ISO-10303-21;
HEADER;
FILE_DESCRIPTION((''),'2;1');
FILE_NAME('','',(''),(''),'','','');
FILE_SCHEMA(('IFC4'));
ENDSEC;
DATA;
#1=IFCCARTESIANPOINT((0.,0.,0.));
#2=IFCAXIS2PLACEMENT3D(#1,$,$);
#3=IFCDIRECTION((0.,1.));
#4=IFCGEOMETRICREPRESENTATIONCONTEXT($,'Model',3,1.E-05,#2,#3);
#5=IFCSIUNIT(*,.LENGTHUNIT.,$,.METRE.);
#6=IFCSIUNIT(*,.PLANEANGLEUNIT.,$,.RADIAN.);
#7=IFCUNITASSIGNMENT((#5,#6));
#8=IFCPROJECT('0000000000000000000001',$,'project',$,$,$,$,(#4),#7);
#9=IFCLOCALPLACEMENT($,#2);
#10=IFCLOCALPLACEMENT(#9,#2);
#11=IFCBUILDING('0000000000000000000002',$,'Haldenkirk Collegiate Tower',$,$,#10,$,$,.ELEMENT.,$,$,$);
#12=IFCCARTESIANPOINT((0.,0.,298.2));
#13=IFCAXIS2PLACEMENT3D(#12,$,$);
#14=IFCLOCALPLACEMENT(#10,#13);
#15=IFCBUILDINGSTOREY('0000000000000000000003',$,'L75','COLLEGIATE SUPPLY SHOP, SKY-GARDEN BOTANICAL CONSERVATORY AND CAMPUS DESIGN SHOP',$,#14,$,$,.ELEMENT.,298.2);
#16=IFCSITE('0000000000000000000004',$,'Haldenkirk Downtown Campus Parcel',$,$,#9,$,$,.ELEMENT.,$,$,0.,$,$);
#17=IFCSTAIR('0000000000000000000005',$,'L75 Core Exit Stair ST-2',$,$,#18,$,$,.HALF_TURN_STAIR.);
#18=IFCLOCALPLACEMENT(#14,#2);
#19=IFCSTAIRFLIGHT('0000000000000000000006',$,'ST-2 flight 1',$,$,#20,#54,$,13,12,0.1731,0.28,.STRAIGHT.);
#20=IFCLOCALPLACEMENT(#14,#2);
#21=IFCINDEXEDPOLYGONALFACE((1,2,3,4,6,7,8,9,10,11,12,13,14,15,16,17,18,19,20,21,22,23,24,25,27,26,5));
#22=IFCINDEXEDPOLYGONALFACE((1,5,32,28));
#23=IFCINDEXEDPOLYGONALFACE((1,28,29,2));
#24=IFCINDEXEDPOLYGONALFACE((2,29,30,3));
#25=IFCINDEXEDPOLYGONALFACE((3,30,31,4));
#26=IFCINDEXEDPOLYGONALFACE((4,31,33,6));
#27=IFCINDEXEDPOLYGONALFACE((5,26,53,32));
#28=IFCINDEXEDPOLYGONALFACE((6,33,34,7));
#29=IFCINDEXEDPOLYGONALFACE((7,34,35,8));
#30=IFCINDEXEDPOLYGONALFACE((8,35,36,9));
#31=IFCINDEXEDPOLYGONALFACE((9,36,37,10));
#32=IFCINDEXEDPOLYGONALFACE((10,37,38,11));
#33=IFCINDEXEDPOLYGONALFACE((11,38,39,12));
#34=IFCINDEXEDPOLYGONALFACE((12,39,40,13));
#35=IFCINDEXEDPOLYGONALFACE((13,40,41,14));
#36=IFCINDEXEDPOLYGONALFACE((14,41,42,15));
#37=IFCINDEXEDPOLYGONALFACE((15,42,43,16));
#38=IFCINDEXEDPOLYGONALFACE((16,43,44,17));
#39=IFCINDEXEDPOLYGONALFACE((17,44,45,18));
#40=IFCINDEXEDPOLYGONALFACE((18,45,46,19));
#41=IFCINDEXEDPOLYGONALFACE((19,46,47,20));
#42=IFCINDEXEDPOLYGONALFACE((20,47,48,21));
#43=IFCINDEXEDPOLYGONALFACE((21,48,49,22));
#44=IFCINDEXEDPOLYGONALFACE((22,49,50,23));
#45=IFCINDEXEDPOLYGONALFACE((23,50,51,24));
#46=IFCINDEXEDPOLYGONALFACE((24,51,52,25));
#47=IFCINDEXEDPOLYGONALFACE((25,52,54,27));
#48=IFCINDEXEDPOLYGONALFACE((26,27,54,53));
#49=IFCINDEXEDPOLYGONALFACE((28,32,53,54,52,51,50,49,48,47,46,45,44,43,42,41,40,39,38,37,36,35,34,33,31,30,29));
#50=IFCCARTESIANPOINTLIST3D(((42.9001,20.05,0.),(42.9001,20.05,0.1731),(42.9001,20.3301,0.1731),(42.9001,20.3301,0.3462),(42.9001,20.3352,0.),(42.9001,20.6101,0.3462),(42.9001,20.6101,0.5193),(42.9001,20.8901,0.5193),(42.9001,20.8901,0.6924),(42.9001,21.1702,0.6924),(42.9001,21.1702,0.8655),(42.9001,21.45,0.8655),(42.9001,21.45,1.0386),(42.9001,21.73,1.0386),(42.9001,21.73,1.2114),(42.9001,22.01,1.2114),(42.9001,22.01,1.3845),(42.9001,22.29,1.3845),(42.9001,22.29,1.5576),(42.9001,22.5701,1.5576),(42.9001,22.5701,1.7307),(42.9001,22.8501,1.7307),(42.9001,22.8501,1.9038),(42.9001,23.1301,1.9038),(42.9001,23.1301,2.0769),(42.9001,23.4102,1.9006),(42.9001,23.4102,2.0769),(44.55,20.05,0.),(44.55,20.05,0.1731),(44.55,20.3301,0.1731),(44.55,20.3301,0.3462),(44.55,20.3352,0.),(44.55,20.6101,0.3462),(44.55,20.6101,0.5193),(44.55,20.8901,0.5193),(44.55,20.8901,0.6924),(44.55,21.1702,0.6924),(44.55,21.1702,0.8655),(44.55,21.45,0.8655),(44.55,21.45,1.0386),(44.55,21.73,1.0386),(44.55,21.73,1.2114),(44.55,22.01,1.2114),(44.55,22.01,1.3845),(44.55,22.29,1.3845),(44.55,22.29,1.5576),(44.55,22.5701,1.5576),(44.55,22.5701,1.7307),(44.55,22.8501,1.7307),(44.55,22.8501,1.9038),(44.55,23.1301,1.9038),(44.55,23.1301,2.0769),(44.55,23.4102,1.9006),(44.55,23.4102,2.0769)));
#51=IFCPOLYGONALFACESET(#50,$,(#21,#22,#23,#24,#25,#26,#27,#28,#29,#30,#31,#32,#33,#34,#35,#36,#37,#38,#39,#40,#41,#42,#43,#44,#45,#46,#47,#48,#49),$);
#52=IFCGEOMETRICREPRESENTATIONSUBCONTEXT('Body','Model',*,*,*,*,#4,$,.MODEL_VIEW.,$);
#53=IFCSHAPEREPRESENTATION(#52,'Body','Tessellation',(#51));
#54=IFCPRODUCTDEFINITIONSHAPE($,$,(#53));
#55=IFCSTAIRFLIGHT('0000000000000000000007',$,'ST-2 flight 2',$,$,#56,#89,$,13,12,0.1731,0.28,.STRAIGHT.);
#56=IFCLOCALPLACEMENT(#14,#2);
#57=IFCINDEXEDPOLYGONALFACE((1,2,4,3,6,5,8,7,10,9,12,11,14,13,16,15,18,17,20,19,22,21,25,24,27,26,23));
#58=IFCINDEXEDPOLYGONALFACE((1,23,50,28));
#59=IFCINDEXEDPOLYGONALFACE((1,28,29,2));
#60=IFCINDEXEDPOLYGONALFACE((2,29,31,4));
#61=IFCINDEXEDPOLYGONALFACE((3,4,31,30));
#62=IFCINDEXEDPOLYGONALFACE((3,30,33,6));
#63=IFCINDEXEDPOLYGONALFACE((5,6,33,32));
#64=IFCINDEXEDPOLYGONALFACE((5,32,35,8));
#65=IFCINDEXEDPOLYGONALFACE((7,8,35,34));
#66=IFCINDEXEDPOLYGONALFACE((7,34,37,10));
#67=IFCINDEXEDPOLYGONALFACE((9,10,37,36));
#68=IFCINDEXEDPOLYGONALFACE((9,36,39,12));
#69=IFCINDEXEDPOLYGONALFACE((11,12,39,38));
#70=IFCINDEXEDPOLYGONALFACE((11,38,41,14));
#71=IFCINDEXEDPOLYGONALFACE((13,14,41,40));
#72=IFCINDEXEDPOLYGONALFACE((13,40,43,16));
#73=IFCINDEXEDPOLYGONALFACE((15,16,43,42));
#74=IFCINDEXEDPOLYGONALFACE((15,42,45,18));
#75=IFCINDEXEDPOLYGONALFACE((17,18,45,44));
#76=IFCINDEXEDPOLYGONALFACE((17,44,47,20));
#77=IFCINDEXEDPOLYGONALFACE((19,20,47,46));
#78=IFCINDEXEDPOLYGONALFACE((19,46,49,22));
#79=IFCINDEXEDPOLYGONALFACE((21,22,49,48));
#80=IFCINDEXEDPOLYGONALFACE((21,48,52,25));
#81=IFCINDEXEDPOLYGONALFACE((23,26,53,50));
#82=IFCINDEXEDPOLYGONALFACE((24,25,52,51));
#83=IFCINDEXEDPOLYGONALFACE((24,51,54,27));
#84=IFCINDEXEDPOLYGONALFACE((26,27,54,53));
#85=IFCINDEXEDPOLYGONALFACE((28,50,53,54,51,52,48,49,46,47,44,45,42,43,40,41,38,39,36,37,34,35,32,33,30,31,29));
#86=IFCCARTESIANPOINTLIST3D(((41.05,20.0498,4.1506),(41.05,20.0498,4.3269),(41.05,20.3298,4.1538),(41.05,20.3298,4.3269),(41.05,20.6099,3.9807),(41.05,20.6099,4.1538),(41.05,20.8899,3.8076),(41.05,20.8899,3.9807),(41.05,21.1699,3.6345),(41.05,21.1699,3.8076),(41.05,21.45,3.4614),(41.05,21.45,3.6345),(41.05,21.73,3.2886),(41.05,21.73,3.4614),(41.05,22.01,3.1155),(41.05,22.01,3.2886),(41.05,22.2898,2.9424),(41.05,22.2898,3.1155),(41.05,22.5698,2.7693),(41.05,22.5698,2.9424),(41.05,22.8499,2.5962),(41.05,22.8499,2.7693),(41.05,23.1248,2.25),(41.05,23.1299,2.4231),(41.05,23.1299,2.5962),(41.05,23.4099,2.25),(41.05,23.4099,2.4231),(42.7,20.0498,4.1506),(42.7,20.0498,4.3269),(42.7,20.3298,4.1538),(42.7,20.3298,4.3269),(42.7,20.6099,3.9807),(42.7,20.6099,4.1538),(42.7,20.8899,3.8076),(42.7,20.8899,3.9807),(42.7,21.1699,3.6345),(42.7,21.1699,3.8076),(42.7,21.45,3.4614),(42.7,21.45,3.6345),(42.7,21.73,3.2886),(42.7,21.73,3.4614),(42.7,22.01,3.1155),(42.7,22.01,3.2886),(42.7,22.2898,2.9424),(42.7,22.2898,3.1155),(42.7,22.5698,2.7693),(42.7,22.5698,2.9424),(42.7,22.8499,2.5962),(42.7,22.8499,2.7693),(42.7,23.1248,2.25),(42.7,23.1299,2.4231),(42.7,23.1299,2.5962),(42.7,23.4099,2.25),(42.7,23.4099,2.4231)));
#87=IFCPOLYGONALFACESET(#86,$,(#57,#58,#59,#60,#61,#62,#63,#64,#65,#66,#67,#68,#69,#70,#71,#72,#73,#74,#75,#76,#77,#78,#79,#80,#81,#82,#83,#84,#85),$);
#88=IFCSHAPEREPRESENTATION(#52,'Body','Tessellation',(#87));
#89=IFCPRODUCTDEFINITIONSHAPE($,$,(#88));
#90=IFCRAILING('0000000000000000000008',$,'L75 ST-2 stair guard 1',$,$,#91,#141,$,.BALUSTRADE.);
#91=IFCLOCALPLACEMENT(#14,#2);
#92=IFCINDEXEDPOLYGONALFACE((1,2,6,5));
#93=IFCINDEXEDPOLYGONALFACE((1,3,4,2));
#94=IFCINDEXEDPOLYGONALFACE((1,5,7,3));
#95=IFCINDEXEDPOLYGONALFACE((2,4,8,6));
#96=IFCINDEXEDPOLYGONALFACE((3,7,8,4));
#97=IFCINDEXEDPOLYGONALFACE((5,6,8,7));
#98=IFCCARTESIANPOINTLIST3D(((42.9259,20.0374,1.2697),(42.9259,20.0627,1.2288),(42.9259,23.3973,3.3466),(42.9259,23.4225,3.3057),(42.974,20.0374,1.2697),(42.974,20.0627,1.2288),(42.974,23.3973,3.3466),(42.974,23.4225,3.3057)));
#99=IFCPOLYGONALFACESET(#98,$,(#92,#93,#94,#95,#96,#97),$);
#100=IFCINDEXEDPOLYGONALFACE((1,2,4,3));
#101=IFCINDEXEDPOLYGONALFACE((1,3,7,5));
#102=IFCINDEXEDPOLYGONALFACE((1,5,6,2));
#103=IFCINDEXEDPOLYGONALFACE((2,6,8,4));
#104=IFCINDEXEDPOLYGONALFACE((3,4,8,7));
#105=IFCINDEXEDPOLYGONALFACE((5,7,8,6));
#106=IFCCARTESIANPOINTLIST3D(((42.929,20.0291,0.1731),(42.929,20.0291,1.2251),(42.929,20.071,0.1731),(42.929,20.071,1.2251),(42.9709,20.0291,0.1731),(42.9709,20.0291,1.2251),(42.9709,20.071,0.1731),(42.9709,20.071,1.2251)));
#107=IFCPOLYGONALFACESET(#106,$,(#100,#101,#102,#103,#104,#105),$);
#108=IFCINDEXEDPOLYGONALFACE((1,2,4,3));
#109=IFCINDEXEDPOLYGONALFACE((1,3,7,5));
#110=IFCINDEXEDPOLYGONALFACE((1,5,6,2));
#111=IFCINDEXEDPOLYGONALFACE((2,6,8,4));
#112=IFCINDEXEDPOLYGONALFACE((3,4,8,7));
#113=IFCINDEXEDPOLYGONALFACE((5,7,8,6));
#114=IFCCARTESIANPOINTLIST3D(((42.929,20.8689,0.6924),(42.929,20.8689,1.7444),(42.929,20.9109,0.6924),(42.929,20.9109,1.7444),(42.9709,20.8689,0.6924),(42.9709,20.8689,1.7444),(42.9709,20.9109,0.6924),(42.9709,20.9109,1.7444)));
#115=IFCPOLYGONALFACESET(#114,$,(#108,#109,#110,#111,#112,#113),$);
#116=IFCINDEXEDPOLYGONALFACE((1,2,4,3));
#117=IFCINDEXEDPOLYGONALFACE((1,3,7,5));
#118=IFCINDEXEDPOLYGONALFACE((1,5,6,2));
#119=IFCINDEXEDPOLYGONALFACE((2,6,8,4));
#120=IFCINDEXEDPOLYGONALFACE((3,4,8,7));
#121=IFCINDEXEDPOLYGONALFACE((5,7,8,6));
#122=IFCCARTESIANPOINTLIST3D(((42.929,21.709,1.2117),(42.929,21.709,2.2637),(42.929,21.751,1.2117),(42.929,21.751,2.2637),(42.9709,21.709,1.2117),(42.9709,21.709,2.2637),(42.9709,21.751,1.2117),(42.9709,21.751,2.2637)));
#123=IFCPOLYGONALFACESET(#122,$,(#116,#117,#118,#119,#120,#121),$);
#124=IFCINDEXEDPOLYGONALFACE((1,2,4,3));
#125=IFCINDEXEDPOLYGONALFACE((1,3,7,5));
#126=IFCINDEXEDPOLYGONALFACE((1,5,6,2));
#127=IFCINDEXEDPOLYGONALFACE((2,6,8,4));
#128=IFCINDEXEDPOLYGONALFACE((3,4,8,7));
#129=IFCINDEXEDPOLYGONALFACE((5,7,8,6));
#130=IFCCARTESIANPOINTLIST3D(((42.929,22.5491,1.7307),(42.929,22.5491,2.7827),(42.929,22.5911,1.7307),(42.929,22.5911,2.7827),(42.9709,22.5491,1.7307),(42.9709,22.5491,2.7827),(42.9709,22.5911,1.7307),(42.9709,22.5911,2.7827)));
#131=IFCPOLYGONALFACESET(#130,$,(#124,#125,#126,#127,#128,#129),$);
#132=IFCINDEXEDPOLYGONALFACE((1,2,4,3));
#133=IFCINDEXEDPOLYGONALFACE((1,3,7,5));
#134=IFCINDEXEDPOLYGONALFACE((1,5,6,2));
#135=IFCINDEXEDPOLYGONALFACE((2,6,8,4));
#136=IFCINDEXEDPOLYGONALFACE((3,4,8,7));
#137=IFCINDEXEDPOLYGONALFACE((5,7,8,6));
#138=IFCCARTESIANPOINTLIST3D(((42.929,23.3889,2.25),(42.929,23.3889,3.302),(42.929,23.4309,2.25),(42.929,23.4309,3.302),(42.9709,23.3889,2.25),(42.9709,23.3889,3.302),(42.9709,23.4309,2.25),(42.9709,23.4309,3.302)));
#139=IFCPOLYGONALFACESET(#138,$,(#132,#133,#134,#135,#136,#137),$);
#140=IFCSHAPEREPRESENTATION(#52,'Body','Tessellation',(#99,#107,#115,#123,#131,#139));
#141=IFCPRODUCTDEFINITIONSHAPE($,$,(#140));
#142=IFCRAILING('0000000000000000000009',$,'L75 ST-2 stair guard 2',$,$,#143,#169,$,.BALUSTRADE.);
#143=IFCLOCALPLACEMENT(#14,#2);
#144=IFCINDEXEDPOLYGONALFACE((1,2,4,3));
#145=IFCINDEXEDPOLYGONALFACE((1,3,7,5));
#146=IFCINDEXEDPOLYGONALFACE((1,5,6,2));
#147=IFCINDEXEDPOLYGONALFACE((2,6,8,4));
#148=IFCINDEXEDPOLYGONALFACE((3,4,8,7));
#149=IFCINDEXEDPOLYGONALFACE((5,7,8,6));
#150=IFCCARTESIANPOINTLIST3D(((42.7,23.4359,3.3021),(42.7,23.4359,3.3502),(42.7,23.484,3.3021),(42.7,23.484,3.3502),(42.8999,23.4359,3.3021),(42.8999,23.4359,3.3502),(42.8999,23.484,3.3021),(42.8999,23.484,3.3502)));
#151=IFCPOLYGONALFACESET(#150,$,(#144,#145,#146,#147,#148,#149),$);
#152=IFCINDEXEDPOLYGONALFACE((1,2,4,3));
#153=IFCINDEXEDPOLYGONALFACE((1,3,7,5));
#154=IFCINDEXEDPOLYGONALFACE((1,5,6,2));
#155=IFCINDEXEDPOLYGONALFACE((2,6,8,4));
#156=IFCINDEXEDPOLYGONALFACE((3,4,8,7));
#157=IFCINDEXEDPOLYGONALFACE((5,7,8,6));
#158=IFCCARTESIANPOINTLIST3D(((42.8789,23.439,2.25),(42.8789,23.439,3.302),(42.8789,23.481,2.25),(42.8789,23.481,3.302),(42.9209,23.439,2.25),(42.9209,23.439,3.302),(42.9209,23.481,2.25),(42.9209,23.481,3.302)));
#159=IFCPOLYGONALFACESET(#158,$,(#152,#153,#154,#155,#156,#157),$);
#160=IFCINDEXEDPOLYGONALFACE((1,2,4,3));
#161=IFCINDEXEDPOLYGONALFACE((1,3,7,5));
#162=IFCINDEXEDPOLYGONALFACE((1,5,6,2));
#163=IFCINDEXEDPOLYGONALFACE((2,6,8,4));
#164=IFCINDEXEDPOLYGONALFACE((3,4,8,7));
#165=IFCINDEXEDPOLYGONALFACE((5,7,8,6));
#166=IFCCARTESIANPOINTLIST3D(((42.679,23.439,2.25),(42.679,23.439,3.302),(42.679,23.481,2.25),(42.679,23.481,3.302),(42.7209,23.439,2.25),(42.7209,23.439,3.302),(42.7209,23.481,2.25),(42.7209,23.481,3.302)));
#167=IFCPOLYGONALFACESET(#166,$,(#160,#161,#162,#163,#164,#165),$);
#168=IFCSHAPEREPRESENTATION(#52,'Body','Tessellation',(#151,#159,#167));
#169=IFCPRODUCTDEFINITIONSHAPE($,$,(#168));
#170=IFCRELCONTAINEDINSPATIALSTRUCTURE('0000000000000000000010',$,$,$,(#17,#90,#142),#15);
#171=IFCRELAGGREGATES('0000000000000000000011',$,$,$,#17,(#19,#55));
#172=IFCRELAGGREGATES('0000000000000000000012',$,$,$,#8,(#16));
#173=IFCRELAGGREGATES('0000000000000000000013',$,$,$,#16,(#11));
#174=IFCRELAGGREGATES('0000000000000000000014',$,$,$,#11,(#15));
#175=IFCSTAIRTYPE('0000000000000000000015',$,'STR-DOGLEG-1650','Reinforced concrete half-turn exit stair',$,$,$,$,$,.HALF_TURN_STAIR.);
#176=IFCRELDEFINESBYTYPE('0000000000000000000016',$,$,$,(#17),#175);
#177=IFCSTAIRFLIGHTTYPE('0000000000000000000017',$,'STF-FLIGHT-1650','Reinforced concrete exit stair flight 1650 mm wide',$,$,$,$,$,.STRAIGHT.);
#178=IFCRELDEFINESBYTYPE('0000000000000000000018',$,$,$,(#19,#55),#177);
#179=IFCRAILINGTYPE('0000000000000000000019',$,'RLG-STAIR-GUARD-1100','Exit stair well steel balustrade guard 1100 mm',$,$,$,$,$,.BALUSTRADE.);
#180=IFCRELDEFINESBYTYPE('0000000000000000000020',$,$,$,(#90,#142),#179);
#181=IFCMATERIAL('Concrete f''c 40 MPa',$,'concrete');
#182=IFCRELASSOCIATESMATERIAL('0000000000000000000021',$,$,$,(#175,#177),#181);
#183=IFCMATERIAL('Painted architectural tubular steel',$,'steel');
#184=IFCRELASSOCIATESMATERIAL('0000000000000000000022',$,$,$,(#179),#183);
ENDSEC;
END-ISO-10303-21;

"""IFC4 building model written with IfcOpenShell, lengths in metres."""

from ifc_helpers import new_model, si_unit, direction, frame, origin, origin_2d, place, context, subcontext, project, spatial, polyline, rectangle, outline, extrude, material, type_object, element, aggregate, save


model = new_model("IFC4")

# Units and contexts
model_context = context("Model", 3, precision=1e-05, world=origin(), true_north=direction((0.0, 1.0)))
body_context = subcontext(model_context, "Body", "Model", "MODEL_VIEW")
ifc_project = project(units=[si_unit("LENGTHUNIT", "METRE"), si_unit("PLANEANGLEUNIT", "RADIAN")], contexts=[model_context])

# Site, building, storey
site_placement = place(None, origin())
site = spatial("IfcSite", under=ifc_project, at=site_placement, Name="Haldenkirk Downtown Campus Parcel", CompositionType="ELEMENT", RefElevation=0.0)
building_placement = place(site_placement, origin())
building = spatial("IfcBuilding", under=site, at=building_placement, Name="Haldenkirk Collegiate Tower", CompositionType="ELEMENT")
storey_placement = place(building_placement, frame((0.0, 0.0, 298.2)))
storey = spatial("IfcBuildingStorey", under=building, at=storey_placement, Name="L75", Description="COLLEGIATE SUPPLY SHOP, SKY-GARDEN BOTANICAL CONSERVATORY AND CAMPUS DESIGN SHOP", CompositionType="ELEMENT", Elevation=298.2)

# Stair, stair flights
ifc_material_1 = material(Name="Concrete f'c 40 MPa", Category="concrete")
stair_type = type_object("IfcStairType", Name="STR-DOGLEG-1650", Description="Reinforced concrete half-turn exit stair", PredefinedType="HALF_TURN_STAIR", material=ifc_material_1)
stair_placement = place(storey_placement, origin())
stair = element("IfcStair", 1, at=stair_placement, inside=storey, type_object=stair_type, Name="L75 Core Exit Stair ST-2", PredefinedType="HALF_TURN_STAIR")
stair_flight_type = type_object("IfcStairFlightType", Name="STF-FLIGHT-1650", Description="Reinforced concrete exit stair flight 1650 mm wide", PredefinedType="STRAIGHT", material=ifc_material_1)
stair_flight_1_placement = place(storey_placement, frame((43.7251, 20.05, 0.0), z_axis=(0.0, 0.0, 1.0), x_axis=(0.0, 1.0, 0.0)))
stair_flight_1 = element("IfcStairFlight", 2, at=stair_flight_1_placement, type_object=stair_flight_type, Name="ST-2 flight 1", NumberOfRisers=13, NumberOfTreads=12, PredefinedType="STRAIGHT", RiserHeight=0.1731, TreadLength=0.28, context=body_context, shape_type="SweptSolid", body=[
    extrude(outline(polyline([(0.0, 0.0), (0.0, 0.1731), (0.28, 0.1731), (0.28, 0.3462), (0.5601, 0.3462), (0.5601, 0.5193), (0.8401, 0.5193), (0.8401, 0.6924), (1.1201, 0.6924), (1.1201, 0.8655), (1.3999, 0.8655), (1.3999, 1.0386), (1.6799, 1.0386), (1.6799, 1.2114), (1.96, 1.2114), (1.96, 1.3845), (2.24, 1.3845), (2.24, 1.5576), (2.52, 1.5576), (2.52, 1.7307), (2.8, 1.7307), (2.8, 1.9038), (3.0801, 1.9038), (3.0801, 2.0769), (3.3601, 2.0769), (3.3601, 2.25), (3.3601, 1.9006), (0.2852, 0.0), (0.0, 0.0)])), frame((0.0, 0.825, 0.0), z_axis=(0.0, -1.0, 0.0), x_axis=(1.0, 0.0, 0.0)), (0.0, 0.0, 1.0), 1.6499),
])
stair_flight_2_placement = place(storey_placement, frame((41.875, 23.4099, 2.25), z_axis=(0.0, 0.0, 1.0), x_axis=(0.0, -1.0, 0.0)))
stair_flight_2 = element("IfcStairFlight", 3, at=stair_flight_2_placement, type_object=stair_flight_type, Name="ST-2 flight 2", NumberOfRisers=13, NumberOfTreads=12, PredefinedType="STRAIGHT", RiserHeight=0.1731, TreadLength=0.28, context=body_context, shape_type="SweptSolid", body=[
    extrude(outline(polyline([(0.0, 0.0), (0.0, 0.1731), (0.28, 0.1731), (0.28, 0.3462), (0.5601, 0.3462), (0.5601, 0.5193), (0.8401, 0.5193), (0.8401, 0.6924), (1.1201, 0.6924), (1.1201, 0.8655), (1.3999, 0.8655), (1.3999, 1.0386), (1.6799, 1.0386), (1.6799, 1.2114), (1.96, 1.2114), (1.96, 1.3845), (2.24, 1.3845), (2.24, 1.5576), (2.52, 1.5576), (2.52, 1.7307), (2.8, 1.7307), (2.8, 1.9038), (3.0801, 1.9038), (3.0801, 2.0769), (3.3601, 2.0769), (3.3601, 2.25), (3.3601, 1.9006), (0.2852, 0.0), (0.0, 0.0)])), frame((0.0, 0.825, 0.0), z_axis=(0.0, -1.0, 0.0), x_axis=(1.0, 0.0, 0.0)), (0.0, 0.0, 1.0), 1.6499),
])
aggregate(stair, [stair_flight_1, stair_flight_2])

# Railings
ifc_material_2 = material(Name="Painted architectural tubular steel", Category="steel")
railing_type_1 = type_object("IfcRailingType", Name="RLG-STAIR-GUARD-1100", Description="Exit stair well steel balustrade guard 1100 mm", PredefinedType="BALUSTRADE", material=ifc_material_2)
railing_1_placement = place(storey_placement, frame((42.95, 20.05, 0.1731)))
element("IfcRailing", 4, at=railing_1_placement, inside=storey, type_object=railing_type_1, Name="L75 ST-2 stair guard 1", PredefinedType="BALUSTRADE", context=body_context, shape_type="SweptSolid", body=[
    extrude(rectangle(XDim=0.0481, YDim=0.0481, at=origin_2d()), frame((0.0, 0.0, 1.0762), z_axis=(0.0, 0.850606, 0.525803), x_axis=(-1.0, 0.0, 0.0)), (0.0, 0.0, 1.0), 3.95),
    extrude(rectangle(XDim=0.042, YDim=0.042, at=origin_2d()), origin(), (0.0, 0.0, 1.0), 1.052),
    extrude(rectangle(XDim=0.042, YDim=0.042, at=origin_2d()), frame((0.0, 0.8398, 0.5193)), (0.0, 0.0, 1.0), 1.052),
    extrude(rectangle(XDim=0.042, YDim=0.042, at=origin_2d()), frame((0.0, 1.6799, 1.0386)), (0.0, 0.0, 1.0), 1.052),
    extrude(rectangle(XDim=0.042, YDim=0.042, at=origin_2d()), frame((0.0, 2.52, 1.5576)), (0.0, 0.0, 1.0), 1.052),
    extrude(rectangle(XDim=0.042, YDim=0.042, at=origin_2d()), frame((0.0, 3.3599, 2.0769)), (0.0, 0.0, 1.0), 1.052),
])
railing_2_placement = place(storey_placement, frame((42.8999, 23.46, 2.25)))
element("IfcRailing", 5, at=railing_2_placement, inside=storey, type_object=railing_type_1, Name="L75 ST-2 stair guard 2", PredefinedType="BALUSTRADE", context=body_context, shape_type="SweptSolid", body=[
    extrude(rectangle(XDim=0.0481, YDim=0.0481, at=origin_2d()), frame((0.0, 0.0, 1.0762), z_axis=(-1.0, 0.0, 0.0), x_axis=(0.0, -1.0, 0.0)), (0.0, 0.0, 1.0), 0.2),
    extrude(rectangle(XDim=0.042, YDim=0.042, at=origin_2d()), origin(), (0.0, 0.0, 1.0), 1.052),
    extrude(rectangle(XDim=0.042, YDim=0.042, at=origin_2d()), frame((-0.2, 0.0, 0.0)), (0.0, 0.0, 1.0), 1.052),
])

save(model, "model.ifc")
